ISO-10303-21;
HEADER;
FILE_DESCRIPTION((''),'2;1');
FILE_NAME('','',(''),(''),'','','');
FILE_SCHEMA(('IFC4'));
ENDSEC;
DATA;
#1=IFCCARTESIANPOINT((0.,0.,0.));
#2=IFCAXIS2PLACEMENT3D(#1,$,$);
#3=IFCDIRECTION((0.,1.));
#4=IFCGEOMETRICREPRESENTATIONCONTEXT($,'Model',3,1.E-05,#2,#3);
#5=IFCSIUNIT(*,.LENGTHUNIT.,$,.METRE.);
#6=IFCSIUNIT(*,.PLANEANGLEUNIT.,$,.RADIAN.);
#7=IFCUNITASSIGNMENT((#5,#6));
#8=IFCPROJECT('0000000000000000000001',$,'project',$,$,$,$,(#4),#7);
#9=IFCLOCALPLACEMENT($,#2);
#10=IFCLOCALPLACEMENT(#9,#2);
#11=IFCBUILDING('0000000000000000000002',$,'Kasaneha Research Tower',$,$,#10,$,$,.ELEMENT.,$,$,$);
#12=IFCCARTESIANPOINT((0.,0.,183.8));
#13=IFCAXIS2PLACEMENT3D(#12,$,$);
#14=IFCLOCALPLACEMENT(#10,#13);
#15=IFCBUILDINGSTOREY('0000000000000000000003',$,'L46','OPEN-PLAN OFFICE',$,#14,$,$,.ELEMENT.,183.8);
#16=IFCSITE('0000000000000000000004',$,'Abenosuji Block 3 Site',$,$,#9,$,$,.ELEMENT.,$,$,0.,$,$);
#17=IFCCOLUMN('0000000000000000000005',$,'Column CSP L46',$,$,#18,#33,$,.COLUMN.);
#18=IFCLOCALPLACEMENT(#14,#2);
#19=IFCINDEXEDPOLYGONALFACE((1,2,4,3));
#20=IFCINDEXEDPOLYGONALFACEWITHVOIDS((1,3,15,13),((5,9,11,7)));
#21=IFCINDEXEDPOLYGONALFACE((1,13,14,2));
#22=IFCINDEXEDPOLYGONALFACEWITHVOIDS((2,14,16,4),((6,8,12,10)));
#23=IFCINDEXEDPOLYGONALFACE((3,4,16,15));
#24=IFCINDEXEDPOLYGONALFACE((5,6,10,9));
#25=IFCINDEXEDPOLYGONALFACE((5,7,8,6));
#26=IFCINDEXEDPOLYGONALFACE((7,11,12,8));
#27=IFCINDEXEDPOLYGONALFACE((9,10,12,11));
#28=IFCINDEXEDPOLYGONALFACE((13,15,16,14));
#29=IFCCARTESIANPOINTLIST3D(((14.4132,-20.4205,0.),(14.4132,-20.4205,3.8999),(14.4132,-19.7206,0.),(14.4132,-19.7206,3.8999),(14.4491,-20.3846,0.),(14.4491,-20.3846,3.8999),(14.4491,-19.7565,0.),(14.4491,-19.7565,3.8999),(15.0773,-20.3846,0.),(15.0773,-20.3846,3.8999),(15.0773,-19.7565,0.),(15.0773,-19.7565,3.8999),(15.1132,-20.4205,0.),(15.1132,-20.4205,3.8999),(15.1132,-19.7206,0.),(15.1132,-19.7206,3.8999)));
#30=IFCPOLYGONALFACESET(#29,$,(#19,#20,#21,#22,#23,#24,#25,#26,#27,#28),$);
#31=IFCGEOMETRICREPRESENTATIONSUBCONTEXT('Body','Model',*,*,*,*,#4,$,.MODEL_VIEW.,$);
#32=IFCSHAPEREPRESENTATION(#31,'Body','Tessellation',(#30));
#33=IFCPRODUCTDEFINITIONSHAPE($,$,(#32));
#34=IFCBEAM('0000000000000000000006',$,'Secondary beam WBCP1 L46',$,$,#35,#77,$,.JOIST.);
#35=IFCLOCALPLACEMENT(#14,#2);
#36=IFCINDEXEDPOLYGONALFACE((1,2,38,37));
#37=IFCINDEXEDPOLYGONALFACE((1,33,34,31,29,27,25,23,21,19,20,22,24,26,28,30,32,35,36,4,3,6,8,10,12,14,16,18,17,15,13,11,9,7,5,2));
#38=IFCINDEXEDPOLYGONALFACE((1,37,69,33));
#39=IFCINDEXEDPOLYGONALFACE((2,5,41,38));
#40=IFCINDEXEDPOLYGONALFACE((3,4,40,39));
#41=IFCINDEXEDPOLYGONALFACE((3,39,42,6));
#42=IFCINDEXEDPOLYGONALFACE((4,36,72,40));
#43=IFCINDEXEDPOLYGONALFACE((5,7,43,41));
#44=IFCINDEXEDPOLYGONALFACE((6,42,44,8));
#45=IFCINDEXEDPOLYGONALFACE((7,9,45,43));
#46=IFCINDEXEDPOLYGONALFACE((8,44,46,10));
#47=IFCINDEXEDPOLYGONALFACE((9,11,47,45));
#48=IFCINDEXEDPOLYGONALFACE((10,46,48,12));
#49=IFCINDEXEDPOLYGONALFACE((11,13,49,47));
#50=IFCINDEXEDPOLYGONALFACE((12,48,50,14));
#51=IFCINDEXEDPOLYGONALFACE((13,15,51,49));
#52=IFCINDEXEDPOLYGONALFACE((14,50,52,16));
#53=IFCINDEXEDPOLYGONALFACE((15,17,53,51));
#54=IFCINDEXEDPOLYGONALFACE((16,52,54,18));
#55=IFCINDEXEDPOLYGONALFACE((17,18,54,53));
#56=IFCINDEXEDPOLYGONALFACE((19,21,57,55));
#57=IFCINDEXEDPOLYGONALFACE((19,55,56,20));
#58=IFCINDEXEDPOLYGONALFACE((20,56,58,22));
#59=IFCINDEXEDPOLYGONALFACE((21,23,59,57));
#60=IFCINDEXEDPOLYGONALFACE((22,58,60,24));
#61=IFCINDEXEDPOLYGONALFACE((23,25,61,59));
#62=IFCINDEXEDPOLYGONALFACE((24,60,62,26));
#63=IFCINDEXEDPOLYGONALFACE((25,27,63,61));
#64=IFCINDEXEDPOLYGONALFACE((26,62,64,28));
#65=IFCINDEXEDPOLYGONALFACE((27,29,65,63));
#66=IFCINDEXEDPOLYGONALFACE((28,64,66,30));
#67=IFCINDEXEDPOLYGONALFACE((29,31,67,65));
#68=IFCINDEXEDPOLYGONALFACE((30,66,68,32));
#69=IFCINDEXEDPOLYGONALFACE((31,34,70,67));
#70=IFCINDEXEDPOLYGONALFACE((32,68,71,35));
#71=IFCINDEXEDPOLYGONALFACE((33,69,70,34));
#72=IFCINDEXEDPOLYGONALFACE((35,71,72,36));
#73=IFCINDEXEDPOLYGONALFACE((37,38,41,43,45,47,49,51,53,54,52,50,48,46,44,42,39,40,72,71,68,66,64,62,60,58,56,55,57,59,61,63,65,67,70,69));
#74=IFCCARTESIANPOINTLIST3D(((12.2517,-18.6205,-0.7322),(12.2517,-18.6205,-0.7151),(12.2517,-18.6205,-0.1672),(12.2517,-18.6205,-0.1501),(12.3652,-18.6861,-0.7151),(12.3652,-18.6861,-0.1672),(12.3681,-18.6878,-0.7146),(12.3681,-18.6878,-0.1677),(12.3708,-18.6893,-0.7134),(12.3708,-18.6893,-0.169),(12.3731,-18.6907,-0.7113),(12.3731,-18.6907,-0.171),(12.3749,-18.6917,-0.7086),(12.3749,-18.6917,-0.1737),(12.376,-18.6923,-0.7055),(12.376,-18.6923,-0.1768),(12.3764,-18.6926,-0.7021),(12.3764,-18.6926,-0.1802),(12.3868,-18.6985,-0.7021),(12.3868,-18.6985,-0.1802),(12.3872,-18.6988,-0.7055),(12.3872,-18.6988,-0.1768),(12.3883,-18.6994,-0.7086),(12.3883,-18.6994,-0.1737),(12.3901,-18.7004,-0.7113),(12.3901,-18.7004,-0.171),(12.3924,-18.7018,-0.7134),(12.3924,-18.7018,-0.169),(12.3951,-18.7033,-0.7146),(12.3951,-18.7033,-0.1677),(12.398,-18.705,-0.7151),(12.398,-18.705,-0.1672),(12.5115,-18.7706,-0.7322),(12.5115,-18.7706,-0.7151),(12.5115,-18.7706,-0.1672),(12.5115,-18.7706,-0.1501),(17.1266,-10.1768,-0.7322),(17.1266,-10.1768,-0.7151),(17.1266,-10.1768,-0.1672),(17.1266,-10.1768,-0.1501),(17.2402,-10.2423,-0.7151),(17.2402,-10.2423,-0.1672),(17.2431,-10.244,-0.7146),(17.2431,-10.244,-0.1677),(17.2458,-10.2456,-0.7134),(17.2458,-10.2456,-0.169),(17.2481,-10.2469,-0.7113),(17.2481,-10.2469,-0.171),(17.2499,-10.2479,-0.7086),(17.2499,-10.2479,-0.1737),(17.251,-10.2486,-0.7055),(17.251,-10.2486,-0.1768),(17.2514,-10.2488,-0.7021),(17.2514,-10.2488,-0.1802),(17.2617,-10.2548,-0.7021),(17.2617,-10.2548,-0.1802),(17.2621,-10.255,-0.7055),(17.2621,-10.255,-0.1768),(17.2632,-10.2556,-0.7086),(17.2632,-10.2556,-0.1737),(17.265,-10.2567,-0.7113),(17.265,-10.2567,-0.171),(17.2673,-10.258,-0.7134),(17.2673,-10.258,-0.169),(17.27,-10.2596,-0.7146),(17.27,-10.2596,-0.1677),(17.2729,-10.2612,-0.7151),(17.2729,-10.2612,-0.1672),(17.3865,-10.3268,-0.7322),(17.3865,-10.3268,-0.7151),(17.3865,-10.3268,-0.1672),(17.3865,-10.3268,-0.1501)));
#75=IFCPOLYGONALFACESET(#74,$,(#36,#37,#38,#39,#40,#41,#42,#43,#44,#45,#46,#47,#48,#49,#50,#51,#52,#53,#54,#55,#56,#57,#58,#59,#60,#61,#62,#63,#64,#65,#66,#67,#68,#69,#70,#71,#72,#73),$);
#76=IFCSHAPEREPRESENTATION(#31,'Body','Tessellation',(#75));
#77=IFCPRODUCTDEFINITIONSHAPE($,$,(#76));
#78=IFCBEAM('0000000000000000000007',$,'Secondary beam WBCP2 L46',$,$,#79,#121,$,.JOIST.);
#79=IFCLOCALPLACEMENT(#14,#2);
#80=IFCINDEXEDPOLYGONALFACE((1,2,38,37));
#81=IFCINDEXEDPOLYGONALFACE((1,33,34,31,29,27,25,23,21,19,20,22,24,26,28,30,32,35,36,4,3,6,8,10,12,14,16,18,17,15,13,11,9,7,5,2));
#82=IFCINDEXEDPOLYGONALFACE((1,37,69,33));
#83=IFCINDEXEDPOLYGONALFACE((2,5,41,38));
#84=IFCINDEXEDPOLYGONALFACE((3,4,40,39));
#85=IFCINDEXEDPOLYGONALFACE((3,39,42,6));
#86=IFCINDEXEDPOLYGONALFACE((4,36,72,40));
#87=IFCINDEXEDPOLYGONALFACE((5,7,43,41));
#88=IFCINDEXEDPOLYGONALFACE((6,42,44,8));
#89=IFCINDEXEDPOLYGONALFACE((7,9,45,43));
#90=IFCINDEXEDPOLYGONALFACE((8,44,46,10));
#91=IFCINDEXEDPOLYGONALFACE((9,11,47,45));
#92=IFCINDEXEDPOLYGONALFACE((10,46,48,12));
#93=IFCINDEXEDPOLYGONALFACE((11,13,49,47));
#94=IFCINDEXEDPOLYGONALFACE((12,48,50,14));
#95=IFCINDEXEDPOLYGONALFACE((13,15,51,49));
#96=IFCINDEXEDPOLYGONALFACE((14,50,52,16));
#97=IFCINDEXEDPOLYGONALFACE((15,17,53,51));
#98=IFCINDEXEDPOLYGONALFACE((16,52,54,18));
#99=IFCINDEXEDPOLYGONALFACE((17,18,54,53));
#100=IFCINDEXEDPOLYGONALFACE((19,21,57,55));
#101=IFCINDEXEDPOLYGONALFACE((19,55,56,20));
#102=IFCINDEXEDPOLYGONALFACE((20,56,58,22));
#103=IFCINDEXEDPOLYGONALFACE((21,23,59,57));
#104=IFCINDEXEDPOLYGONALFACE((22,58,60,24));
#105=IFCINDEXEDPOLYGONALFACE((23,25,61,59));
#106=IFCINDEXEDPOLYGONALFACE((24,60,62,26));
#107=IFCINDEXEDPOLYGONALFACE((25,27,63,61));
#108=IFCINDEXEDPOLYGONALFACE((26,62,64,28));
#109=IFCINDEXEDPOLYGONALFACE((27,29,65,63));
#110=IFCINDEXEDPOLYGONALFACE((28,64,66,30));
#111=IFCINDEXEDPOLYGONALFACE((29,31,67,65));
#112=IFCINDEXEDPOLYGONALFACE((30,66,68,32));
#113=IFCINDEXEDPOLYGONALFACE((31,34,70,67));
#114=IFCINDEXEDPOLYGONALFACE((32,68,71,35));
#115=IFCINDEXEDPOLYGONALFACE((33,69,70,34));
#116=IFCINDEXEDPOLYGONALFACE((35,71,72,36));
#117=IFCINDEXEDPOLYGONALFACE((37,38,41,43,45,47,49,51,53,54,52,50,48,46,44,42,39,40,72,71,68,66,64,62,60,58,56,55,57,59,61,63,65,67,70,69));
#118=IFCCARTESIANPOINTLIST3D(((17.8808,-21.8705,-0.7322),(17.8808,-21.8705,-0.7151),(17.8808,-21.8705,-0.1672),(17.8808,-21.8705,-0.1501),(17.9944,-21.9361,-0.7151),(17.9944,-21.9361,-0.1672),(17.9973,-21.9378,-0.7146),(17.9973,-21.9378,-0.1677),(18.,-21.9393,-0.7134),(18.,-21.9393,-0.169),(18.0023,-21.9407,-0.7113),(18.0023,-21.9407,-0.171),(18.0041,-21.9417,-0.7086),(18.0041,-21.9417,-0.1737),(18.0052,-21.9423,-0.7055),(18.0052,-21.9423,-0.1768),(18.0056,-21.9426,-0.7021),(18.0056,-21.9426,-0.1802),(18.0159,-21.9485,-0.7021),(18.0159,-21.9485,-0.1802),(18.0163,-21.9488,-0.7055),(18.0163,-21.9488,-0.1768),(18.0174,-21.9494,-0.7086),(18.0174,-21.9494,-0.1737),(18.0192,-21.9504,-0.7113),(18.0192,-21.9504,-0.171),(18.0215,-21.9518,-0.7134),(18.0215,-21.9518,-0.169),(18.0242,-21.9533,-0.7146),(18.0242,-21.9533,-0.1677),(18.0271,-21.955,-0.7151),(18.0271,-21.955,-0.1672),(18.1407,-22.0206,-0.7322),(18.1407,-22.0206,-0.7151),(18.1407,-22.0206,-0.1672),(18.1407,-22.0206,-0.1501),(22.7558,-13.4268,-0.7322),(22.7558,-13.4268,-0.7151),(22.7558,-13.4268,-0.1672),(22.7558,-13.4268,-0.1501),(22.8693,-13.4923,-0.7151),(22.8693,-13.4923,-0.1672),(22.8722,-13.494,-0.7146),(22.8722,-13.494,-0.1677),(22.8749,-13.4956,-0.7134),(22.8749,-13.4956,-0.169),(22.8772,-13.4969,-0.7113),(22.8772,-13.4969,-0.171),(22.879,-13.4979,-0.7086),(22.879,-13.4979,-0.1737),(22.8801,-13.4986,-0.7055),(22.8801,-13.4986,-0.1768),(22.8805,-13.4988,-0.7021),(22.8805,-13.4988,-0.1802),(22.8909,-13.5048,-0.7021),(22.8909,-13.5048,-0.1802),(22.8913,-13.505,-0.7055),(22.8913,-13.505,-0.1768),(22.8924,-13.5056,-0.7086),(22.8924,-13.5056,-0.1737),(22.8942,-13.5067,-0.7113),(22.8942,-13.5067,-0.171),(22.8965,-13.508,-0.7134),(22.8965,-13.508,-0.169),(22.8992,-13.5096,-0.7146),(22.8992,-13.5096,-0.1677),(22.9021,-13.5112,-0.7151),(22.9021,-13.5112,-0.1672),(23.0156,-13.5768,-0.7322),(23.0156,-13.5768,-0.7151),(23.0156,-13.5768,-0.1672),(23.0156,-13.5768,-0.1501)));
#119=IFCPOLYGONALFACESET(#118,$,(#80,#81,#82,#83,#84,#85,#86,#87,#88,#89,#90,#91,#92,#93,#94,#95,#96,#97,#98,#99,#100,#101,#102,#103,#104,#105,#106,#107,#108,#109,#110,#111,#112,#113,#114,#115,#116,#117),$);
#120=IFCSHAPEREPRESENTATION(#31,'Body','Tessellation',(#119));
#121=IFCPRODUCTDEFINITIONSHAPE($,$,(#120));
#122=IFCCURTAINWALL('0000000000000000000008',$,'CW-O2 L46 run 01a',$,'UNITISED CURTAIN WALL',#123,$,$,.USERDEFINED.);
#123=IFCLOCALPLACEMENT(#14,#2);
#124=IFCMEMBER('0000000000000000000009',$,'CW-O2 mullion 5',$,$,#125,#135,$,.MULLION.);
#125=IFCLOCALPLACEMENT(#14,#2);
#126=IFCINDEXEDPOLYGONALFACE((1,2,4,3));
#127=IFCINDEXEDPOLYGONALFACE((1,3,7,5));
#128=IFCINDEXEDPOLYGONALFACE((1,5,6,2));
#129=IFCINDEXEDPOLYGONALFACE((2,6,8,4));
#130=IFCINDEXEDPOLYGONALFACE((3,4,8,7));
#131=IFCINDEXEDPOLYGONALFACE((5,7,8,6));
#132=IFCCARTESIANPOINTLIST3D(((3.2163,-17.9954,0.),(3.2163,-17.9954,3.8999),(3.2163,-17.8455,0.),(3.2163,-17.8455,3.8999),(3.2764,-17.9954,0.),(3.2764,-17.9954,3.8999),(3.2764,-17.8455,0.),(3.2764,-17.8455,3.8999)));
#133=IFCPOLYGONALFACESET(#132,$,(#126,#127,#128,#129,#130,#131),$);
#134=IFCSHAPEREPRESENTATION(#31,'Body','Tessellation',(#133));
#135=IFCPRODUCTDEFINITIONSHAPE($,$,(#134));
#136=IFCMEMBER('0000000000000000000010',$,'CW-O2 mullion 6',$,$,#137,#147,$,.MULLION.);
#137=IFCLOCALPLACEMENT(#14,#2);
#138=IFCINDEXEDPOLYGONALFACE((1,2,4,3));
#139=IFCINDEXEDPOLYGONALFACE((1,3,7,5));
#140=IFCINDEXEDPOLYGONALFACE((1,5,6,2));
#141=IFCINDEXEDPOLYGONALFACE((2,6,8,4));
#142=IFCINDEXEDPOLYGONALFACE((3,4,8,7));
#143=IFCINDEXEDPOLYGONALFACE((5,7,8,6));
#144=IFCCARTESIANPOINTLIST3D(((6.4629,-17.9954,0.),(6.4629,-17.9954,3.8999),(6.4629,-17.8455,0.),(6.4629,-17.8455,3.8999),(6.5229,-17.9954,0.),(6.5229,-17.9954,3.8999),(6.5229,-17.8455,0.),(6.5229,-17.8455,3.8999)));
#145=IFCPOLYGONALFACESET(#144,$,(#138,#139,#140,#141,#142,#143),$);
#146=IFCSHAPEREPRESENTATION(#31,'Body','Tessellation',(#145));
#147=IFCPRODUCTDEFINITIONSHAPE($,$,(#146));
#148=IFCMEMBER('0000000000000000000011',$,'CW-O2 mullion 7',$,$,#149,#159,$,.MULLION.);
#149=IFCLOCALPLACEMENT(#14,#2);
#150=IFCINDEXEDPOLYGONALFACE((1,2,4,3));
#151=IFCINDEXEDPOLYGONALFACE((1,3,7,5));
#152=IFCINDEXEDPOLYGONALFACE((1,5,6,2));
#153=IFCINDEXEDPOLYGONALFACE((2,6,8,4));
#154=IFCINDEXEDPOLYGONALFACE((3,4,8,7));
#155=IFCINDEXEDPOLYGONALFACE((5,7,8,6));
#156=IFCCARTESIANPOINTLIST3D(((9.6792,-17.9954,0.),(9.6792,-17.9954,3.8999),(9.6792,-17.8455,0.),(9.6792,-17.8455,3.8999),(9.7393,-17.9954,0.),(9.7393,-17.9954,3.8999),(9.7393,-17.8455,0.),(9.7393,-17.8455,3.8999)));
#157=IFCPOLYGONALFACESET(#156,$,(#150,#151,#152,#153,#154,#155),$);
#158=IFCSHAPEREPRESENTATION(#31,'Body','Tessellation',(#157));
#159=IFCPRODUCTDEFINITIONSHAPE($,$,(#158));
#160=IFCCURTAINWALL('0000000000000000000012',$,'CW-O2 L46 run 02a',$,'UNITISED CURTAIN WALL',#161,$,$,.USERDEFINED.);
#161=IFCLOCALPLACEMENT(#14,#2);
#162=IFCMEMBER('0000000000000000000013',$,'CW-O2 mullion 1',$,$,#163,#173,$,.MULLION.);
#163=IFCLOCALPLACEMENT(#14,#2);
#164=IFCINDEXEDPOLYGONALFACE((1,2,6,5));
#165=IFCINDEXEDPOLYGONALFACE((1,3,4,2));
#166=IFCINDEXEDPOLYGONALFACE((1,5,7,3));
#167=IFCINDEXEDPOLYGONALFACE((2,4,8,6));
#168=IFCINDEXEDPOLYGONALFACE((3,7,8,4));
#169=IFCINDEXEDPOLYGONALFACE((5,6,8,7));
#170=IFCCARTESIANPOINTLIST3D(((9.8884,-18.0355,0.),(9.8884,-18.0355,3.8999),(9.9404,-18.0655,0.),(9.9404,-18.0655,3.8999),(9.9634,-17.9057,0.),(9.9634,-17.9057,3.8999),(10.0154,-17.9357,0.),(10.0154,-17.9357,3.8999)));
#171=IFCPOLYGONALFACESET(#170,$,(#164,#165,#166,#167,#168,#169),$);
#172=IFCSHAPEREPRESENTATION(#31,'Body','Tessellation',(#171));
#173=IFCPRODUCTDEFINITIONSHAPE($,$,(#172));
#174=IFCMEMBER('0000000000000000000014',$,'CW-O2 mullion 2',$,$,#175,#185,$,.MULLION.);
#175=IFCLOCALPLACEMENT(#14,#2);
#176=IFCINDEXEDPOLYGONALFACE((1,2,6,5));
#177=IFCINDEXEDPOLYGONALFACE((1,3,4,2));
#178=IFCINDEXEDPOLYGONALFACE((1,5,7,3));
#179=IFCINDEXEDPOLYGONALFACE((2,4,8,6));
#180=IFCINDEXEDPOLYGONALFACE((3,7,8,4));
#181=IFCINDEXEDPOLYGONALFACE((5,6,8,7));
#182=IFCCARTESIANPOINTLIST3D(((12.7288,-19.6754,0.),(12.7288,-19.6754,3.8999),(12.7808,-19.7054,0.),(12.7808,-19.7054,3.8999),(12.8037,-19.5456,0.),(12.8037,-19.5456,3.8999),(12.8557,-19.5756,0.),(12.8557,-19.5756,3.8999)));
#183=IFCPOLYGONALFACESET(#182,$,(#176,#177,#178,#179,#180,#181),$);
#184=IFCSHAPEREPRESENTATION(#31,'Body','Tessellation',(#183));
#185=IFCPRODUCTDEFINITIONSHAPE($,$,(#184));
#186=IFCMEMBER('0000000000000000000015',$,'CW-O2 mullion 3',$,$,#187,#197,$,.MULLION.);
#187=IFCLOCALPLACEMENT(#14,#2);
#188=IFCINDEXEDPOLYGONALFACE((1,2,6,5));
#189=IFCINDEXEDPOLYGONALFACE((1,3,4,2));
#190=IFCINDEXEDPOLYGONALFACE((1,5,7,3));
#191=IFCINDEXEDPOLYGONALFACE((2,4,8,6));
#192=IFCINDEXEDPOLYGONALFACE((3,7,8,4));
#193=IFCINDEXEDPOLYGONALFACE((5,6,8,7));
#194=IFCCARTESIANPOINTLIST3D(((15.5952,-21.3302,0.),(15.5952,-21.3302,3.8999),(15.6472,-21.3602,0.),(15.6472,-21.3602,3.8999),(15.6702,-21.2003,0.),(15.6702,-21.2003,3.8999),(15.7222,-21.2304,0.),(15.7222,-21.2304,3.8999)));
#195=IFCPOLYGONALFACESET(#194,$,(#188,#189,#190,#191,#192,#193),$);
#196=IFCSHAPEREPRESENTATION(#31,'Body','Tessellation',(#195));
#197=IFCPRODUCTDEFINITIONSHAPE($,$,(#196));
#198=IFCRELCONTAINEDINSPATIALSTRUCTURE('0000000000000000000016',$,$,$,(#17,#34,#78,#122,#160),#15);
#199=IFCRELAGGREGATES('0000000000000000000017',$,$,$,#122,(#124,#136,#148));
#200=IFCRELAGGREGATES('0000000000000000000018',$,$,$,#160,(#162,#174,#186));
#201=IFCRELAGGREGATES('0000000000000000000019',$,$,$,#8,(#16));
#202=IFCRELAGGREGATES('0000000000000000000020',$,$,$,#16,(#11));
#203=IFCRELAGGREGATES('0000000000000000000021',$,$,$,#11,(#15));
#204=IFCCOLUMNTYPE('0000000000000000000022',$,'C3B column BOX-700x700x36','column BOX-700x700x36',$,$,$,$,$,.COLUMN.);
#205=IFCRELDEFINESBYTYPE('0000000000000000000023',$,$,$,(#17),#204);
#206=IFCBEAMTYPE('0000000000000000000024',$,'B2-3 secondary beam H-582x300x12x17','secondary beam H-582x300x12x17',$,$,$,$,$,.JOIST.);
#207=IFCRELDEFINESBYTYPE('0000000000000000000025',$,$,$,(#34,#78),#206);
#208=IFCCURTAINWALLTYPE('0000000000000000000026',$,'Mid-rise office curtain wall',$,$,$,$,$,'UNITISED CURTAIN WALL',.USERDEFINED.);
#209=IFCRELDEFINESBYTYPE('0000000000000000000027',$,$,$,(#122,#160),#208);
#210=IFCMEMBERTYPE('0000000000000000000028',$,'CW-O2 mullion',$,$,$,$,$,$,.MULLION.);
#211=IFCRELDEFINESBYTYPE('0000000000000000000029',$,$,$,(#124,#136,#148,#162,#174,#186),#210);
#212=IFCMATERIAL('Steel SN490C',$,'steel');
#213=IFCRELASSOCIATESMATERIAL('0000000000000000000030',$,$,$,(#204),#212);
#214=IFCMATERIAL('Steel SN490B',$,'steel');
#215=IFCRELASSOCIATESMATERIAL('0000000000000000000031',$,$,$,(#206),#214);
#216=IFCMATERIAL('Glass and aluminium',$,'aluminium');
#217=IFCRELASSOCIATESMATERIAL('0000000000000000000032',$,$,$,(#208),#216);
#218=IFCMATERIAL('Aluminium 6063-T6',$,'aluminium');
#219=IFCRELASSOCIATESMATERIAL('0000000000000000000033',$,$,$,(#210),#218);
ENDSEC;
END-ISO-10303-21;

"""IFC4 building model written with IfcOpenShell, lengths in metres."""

from ifc_helpers import new_model, si_unit, direction, frame, origin, origin_2d, place, context, subcontext, project, spatial, rectangle, hollow_rectangle, i_section, extrude, material, material_profile, profile_set, type_object, element, aggregate, save


model = new_model("IFC4")

# Units and contexts
model_context = context("Model", 3, precision=1e-05, world=origin(), true_north=direction((0.0, 1.0)))
body_context = subcontext(model_context, "Body", "Model", "MODEL_VIEW")
ifc_project = project(units=[si_unit("LENGTHUNIT", "METRE"), si_unit("PLANEANGLEUNIT", "RADIAN")], contexts=[model_context])

# Site, building, storey
site_placement = place(None, origin())
site = spatial("IfcSite", under=ifc_project, at=site_placement, Name="Abenosuji Block 3 Site", CompositionType="ELEMENT", RefElevation=0.0)
building_placement = place(site_placement, origin())
building = spatial("IfcBuilding", under=site, at=building_placement, Name="Kasaneha Research Tower", CompositionType="ELEMENT")
storey_placement = place(building_placement, frame((0.0, 0.0, 183.8)))
storey = spatial("IfcBuildingStorey", under=building, at=storey_placement, Name="L46", Description="OPEN-PLAN OFFICE", CompositionType="ELEMENT", Elevation=183.8)

# Column
ifc_material_1 = material(Name="Steel SN490C", Category="steel")
ifc_material_profile_1 = material_profile(ifc_material_1, hollow_rectangle(XDim=0.7, YDim=0.7, WallThickness=0.0359, at=origin_2d()), Name="BOX-700x700x36")
ifc_profile_set_1 = profile_set([ifc_material_profile_1], Name="Steel SN490C")
column_type = type_object("IfcColumnType", Name="C3B column BOX-700x700x36", Description="column BOX-700x700x36", PredefinedType="COLUMN", material=ifc_profile_set_1)
column_placement = place(storey_placement, frame((14.7632, -20.0706, 0.0), z_axis=(0.0, 0.0, 1.0), x_axis=(1.0, 0.0, 0.0)))
element("IfcColumn", 1, at=column_placement, inside=storey, type_object=column_type, Name="Column CSP L46", PredefinedType="COLUMN", context=body_context, shape_type="SweptSolid", body=[
    extrude(hollow_rectangle(XDim=0.7, YDim=0.7, WallThickness=0.0359, at=origin_2d()), origin(), (0.0, 0.0, 1.0), 3.8999),
])

# Beams
ifc_material_2 = material(Name="Steel SN490B", Category="steel")
ifc_material_profile_2 = material_profile(ifc_material_2, i_section(OverallWidth=0.3, OverallDepth=0.582, WebThickness=0.012, FlangeThickness=0.0171, FilletRadius=0.0129, at=origin_2d()), Name="H-582x300x12x17")
ifc_profile_set_2 = profile_set([ifc_material_profile_2], Name="Steel SN490B")
beam_type_1 = type_object("IfcBeamType", Name="B2-3 secondary beam H-582x300x12x17", Description="secondary beam H-582x300x12x17", PredefinedType="JOIST", material=ifc_profile_set_2)
for number, where, z_axis, x_axis, name in (
    (2, (12.3816, -18.6956, -0.4412), (0.499996, 0.866028, 0.0), (-0.866028, 0.499996, 0.0), "Secondary beam WBCP1 L46"),
    (3, (18.0107, -21.9456, -0.4412), (0.499996, 0.866028, 0.0), (-0.866028, 0.499996, 0.0), "Secondary beam WBCP2 L46"),
):
    element("IfcBeam", number, at=place(storey_placement, frame(where, z_axis=z_axis, x_axis=x_axis)), inside=storey, type_object=beam_type_1, Name=name, PredefinedType="JOIST", context=body_context, shape_type="SweptSolid", body=[
        extrude(i_section(OverallWidth=0.3, OverallDepth=0.582, WebThickness=0.012, FlangeThickness=0.0171, FilletRadius=0.0129, at=origin_2d()), origin(), (0.0, 0.0, 1.0), 9.75),
    ])

# Curtain walls, members
ifc_material_3 = material(Name="Glass and aluminium", Category="aluminium")
curtain_wall_type = type_object("IfcCurtainWallType", Name="Mid-rise office curtain wall", ElementType="UNITISED CURTAIN WALL", PredefinedType="USERDEFINED", material=ifc_material_3)
curtain_wall_1_placement = place(storey_placement, origin())
curtain_wall_1 = element("IfcCurtainWall", 4, at=curtain_wall_1_placement, inside=storey, type_object=curtain_wall_type, Name="CW-O2 L46 run 01a", ObjectType="UNITISED CURTAIN WALL", PredefinedType="USERDEFINED")
ifc_material_4 = material(Name="Aluminium 6063-T6", Category="aluminium")
ifc_material_profile_3 = material_profile(ifc_material_4, rectangle(XDim=0.0601, YDim=0.1499, at=origin_2d()), Name="CW-O2 mullion 60x150")
ifc_profile_set_3 = profile_set([ifc_material_profile_3], Name="Aluminium 6063-T6")
member_type_1 = type_object("IfcMemberType", Name="CW-O2 mullion", PredefinedType="MULLION", material=ifc_profile_set_3)
member_1_placement = place(storey_placement, frame((3.2463, -17.9204, 0.0), z_axis=(0.0, 0.0, 1.0), x_axis=(1.0, 0.0, 0.0)))
member_1 = element("IfcMember", 5, at=member_1_placement, type_object=member_type_1, Name="CW-O2 mullion 5", PredefinedType="MULLION", context=body_context, shape_type="SweptSolid", body=[
    extrude(rectangle(XDim=0.0601, YDim=0.1499, at=origin_2d()), origin(), (0.0, 0.0, 1.0), 3.8999),
])
member_2_placement = place(storey_placement, frame((6.4929, -17.9204, 0.0), z_axis=(0.0, 0.0, 1.0), x_axis=(1.0, 0.0, 0.0)))
member_2 = element("IfcMember", 6, at=member_2_placement, type_object=member_type_1, Name="CW-O2 mullion 6", PredefinedType="MULLION", context=body_context, shape_type="SweptSolid", body=[
    extrude(rectangle(XDim=0.0601, YDim=0.1499, at=origin_2d()), origin(), (0.0, 0.0, 1.0), 3.8999),
])
member_3_placement = place(storey_placement, frame((9.7092, -17.9204, 0.0), z_axis=(0.0, 0.0, 1.0), x_axis=(1.0, 0.0, 0.0)))
member_3 = element("IfcMember", 7, at=member_3_placement, type_object=member_type_1, Name="CW-O2 mullion 7", PredefinedType="MULLION", context=body_context, shape_type="SweptSolid", body=[
    extrude(rectangle(XDim=0.0601, YDim=0.1499, at=origin_2d()), origin(), (0.0, 0.0, 1.0), 3.8999),
])
curtain_wall_2_placement = place(storey_placement, origin())
curtain_wall_2 = element("IfcCurtainWall", 8, at=curtain_wall_2_placement, inside=storey, type_object=curtain_wall_type, Name="CW-O2 L46 run 02a", ObjectType="UNITISED CURTAIN WALL", PredefinedType="USERDEFINED")
member_4_placement = place(storey_placement, frame((9.9519, -17.9856, 0.0), z_axis=(0.0, 0.0, 1.0), x_axis=(0.866025, -0.5, 0.0)))
member_4 = element("IfcMember", 9, at=member_4_placement, type_object=member_type_1, Name="CW-O2 mullion 1", PredefinedType="MULLION", context=body_context, shape_type="SweptSolid", body=[
    extrude(rectangle(XDim=0.0601, YDim=0.1499, at=origin_2d()), origin(), (0.0, 0.0, 1.0), 3.8999),
])
member_5_placement = place(storey_placement, frame((12.7922, -19.6255, 0.0), z_axis=(0.0, 0.0, 1.0), x_axis=(0.866025, -0.5, 0.0)))
member_5 = element("IfcMember", 10, at=member_5_placement, type_object=member_type_1, Name="CW-O2 mullion 2", PredefinedType="MULLION", context=body_context, shape_type="SweptSolid", body=[
    extrude(rectangle(XDim=0.0601, YDim=0.1499, at=origin_2d()), origin(), (0.0, 0.0, 1.0), 3.8999),
])
member_6_placement = place(storey_placement, frame((15.6587, -21.2803, 0.0), z_axis=(0.0, 0.0, 1.0), x_axis=(0.866025, -0.5, 0.0)))
member_6 = element("IfcMember", 11, at=member_6_placement, type_object=member_type_1, Name="CW-O2 mullion 3", PredefinedType="MULLION", context=body_context, shape_type="SweptSolid", body=[
    extrude(rectangle(XDim=0.0601, YDim=0.1499, at=origin_2d()), origin(), (0.0, 0.0, 1.0), 3.8999),
])

aggregate(curtain_wall_1, [member_1, member_2, member_3])
aggregate(curtain_wall_2, [member_4, member_5, member_6])

save(model, "model.ifc")
